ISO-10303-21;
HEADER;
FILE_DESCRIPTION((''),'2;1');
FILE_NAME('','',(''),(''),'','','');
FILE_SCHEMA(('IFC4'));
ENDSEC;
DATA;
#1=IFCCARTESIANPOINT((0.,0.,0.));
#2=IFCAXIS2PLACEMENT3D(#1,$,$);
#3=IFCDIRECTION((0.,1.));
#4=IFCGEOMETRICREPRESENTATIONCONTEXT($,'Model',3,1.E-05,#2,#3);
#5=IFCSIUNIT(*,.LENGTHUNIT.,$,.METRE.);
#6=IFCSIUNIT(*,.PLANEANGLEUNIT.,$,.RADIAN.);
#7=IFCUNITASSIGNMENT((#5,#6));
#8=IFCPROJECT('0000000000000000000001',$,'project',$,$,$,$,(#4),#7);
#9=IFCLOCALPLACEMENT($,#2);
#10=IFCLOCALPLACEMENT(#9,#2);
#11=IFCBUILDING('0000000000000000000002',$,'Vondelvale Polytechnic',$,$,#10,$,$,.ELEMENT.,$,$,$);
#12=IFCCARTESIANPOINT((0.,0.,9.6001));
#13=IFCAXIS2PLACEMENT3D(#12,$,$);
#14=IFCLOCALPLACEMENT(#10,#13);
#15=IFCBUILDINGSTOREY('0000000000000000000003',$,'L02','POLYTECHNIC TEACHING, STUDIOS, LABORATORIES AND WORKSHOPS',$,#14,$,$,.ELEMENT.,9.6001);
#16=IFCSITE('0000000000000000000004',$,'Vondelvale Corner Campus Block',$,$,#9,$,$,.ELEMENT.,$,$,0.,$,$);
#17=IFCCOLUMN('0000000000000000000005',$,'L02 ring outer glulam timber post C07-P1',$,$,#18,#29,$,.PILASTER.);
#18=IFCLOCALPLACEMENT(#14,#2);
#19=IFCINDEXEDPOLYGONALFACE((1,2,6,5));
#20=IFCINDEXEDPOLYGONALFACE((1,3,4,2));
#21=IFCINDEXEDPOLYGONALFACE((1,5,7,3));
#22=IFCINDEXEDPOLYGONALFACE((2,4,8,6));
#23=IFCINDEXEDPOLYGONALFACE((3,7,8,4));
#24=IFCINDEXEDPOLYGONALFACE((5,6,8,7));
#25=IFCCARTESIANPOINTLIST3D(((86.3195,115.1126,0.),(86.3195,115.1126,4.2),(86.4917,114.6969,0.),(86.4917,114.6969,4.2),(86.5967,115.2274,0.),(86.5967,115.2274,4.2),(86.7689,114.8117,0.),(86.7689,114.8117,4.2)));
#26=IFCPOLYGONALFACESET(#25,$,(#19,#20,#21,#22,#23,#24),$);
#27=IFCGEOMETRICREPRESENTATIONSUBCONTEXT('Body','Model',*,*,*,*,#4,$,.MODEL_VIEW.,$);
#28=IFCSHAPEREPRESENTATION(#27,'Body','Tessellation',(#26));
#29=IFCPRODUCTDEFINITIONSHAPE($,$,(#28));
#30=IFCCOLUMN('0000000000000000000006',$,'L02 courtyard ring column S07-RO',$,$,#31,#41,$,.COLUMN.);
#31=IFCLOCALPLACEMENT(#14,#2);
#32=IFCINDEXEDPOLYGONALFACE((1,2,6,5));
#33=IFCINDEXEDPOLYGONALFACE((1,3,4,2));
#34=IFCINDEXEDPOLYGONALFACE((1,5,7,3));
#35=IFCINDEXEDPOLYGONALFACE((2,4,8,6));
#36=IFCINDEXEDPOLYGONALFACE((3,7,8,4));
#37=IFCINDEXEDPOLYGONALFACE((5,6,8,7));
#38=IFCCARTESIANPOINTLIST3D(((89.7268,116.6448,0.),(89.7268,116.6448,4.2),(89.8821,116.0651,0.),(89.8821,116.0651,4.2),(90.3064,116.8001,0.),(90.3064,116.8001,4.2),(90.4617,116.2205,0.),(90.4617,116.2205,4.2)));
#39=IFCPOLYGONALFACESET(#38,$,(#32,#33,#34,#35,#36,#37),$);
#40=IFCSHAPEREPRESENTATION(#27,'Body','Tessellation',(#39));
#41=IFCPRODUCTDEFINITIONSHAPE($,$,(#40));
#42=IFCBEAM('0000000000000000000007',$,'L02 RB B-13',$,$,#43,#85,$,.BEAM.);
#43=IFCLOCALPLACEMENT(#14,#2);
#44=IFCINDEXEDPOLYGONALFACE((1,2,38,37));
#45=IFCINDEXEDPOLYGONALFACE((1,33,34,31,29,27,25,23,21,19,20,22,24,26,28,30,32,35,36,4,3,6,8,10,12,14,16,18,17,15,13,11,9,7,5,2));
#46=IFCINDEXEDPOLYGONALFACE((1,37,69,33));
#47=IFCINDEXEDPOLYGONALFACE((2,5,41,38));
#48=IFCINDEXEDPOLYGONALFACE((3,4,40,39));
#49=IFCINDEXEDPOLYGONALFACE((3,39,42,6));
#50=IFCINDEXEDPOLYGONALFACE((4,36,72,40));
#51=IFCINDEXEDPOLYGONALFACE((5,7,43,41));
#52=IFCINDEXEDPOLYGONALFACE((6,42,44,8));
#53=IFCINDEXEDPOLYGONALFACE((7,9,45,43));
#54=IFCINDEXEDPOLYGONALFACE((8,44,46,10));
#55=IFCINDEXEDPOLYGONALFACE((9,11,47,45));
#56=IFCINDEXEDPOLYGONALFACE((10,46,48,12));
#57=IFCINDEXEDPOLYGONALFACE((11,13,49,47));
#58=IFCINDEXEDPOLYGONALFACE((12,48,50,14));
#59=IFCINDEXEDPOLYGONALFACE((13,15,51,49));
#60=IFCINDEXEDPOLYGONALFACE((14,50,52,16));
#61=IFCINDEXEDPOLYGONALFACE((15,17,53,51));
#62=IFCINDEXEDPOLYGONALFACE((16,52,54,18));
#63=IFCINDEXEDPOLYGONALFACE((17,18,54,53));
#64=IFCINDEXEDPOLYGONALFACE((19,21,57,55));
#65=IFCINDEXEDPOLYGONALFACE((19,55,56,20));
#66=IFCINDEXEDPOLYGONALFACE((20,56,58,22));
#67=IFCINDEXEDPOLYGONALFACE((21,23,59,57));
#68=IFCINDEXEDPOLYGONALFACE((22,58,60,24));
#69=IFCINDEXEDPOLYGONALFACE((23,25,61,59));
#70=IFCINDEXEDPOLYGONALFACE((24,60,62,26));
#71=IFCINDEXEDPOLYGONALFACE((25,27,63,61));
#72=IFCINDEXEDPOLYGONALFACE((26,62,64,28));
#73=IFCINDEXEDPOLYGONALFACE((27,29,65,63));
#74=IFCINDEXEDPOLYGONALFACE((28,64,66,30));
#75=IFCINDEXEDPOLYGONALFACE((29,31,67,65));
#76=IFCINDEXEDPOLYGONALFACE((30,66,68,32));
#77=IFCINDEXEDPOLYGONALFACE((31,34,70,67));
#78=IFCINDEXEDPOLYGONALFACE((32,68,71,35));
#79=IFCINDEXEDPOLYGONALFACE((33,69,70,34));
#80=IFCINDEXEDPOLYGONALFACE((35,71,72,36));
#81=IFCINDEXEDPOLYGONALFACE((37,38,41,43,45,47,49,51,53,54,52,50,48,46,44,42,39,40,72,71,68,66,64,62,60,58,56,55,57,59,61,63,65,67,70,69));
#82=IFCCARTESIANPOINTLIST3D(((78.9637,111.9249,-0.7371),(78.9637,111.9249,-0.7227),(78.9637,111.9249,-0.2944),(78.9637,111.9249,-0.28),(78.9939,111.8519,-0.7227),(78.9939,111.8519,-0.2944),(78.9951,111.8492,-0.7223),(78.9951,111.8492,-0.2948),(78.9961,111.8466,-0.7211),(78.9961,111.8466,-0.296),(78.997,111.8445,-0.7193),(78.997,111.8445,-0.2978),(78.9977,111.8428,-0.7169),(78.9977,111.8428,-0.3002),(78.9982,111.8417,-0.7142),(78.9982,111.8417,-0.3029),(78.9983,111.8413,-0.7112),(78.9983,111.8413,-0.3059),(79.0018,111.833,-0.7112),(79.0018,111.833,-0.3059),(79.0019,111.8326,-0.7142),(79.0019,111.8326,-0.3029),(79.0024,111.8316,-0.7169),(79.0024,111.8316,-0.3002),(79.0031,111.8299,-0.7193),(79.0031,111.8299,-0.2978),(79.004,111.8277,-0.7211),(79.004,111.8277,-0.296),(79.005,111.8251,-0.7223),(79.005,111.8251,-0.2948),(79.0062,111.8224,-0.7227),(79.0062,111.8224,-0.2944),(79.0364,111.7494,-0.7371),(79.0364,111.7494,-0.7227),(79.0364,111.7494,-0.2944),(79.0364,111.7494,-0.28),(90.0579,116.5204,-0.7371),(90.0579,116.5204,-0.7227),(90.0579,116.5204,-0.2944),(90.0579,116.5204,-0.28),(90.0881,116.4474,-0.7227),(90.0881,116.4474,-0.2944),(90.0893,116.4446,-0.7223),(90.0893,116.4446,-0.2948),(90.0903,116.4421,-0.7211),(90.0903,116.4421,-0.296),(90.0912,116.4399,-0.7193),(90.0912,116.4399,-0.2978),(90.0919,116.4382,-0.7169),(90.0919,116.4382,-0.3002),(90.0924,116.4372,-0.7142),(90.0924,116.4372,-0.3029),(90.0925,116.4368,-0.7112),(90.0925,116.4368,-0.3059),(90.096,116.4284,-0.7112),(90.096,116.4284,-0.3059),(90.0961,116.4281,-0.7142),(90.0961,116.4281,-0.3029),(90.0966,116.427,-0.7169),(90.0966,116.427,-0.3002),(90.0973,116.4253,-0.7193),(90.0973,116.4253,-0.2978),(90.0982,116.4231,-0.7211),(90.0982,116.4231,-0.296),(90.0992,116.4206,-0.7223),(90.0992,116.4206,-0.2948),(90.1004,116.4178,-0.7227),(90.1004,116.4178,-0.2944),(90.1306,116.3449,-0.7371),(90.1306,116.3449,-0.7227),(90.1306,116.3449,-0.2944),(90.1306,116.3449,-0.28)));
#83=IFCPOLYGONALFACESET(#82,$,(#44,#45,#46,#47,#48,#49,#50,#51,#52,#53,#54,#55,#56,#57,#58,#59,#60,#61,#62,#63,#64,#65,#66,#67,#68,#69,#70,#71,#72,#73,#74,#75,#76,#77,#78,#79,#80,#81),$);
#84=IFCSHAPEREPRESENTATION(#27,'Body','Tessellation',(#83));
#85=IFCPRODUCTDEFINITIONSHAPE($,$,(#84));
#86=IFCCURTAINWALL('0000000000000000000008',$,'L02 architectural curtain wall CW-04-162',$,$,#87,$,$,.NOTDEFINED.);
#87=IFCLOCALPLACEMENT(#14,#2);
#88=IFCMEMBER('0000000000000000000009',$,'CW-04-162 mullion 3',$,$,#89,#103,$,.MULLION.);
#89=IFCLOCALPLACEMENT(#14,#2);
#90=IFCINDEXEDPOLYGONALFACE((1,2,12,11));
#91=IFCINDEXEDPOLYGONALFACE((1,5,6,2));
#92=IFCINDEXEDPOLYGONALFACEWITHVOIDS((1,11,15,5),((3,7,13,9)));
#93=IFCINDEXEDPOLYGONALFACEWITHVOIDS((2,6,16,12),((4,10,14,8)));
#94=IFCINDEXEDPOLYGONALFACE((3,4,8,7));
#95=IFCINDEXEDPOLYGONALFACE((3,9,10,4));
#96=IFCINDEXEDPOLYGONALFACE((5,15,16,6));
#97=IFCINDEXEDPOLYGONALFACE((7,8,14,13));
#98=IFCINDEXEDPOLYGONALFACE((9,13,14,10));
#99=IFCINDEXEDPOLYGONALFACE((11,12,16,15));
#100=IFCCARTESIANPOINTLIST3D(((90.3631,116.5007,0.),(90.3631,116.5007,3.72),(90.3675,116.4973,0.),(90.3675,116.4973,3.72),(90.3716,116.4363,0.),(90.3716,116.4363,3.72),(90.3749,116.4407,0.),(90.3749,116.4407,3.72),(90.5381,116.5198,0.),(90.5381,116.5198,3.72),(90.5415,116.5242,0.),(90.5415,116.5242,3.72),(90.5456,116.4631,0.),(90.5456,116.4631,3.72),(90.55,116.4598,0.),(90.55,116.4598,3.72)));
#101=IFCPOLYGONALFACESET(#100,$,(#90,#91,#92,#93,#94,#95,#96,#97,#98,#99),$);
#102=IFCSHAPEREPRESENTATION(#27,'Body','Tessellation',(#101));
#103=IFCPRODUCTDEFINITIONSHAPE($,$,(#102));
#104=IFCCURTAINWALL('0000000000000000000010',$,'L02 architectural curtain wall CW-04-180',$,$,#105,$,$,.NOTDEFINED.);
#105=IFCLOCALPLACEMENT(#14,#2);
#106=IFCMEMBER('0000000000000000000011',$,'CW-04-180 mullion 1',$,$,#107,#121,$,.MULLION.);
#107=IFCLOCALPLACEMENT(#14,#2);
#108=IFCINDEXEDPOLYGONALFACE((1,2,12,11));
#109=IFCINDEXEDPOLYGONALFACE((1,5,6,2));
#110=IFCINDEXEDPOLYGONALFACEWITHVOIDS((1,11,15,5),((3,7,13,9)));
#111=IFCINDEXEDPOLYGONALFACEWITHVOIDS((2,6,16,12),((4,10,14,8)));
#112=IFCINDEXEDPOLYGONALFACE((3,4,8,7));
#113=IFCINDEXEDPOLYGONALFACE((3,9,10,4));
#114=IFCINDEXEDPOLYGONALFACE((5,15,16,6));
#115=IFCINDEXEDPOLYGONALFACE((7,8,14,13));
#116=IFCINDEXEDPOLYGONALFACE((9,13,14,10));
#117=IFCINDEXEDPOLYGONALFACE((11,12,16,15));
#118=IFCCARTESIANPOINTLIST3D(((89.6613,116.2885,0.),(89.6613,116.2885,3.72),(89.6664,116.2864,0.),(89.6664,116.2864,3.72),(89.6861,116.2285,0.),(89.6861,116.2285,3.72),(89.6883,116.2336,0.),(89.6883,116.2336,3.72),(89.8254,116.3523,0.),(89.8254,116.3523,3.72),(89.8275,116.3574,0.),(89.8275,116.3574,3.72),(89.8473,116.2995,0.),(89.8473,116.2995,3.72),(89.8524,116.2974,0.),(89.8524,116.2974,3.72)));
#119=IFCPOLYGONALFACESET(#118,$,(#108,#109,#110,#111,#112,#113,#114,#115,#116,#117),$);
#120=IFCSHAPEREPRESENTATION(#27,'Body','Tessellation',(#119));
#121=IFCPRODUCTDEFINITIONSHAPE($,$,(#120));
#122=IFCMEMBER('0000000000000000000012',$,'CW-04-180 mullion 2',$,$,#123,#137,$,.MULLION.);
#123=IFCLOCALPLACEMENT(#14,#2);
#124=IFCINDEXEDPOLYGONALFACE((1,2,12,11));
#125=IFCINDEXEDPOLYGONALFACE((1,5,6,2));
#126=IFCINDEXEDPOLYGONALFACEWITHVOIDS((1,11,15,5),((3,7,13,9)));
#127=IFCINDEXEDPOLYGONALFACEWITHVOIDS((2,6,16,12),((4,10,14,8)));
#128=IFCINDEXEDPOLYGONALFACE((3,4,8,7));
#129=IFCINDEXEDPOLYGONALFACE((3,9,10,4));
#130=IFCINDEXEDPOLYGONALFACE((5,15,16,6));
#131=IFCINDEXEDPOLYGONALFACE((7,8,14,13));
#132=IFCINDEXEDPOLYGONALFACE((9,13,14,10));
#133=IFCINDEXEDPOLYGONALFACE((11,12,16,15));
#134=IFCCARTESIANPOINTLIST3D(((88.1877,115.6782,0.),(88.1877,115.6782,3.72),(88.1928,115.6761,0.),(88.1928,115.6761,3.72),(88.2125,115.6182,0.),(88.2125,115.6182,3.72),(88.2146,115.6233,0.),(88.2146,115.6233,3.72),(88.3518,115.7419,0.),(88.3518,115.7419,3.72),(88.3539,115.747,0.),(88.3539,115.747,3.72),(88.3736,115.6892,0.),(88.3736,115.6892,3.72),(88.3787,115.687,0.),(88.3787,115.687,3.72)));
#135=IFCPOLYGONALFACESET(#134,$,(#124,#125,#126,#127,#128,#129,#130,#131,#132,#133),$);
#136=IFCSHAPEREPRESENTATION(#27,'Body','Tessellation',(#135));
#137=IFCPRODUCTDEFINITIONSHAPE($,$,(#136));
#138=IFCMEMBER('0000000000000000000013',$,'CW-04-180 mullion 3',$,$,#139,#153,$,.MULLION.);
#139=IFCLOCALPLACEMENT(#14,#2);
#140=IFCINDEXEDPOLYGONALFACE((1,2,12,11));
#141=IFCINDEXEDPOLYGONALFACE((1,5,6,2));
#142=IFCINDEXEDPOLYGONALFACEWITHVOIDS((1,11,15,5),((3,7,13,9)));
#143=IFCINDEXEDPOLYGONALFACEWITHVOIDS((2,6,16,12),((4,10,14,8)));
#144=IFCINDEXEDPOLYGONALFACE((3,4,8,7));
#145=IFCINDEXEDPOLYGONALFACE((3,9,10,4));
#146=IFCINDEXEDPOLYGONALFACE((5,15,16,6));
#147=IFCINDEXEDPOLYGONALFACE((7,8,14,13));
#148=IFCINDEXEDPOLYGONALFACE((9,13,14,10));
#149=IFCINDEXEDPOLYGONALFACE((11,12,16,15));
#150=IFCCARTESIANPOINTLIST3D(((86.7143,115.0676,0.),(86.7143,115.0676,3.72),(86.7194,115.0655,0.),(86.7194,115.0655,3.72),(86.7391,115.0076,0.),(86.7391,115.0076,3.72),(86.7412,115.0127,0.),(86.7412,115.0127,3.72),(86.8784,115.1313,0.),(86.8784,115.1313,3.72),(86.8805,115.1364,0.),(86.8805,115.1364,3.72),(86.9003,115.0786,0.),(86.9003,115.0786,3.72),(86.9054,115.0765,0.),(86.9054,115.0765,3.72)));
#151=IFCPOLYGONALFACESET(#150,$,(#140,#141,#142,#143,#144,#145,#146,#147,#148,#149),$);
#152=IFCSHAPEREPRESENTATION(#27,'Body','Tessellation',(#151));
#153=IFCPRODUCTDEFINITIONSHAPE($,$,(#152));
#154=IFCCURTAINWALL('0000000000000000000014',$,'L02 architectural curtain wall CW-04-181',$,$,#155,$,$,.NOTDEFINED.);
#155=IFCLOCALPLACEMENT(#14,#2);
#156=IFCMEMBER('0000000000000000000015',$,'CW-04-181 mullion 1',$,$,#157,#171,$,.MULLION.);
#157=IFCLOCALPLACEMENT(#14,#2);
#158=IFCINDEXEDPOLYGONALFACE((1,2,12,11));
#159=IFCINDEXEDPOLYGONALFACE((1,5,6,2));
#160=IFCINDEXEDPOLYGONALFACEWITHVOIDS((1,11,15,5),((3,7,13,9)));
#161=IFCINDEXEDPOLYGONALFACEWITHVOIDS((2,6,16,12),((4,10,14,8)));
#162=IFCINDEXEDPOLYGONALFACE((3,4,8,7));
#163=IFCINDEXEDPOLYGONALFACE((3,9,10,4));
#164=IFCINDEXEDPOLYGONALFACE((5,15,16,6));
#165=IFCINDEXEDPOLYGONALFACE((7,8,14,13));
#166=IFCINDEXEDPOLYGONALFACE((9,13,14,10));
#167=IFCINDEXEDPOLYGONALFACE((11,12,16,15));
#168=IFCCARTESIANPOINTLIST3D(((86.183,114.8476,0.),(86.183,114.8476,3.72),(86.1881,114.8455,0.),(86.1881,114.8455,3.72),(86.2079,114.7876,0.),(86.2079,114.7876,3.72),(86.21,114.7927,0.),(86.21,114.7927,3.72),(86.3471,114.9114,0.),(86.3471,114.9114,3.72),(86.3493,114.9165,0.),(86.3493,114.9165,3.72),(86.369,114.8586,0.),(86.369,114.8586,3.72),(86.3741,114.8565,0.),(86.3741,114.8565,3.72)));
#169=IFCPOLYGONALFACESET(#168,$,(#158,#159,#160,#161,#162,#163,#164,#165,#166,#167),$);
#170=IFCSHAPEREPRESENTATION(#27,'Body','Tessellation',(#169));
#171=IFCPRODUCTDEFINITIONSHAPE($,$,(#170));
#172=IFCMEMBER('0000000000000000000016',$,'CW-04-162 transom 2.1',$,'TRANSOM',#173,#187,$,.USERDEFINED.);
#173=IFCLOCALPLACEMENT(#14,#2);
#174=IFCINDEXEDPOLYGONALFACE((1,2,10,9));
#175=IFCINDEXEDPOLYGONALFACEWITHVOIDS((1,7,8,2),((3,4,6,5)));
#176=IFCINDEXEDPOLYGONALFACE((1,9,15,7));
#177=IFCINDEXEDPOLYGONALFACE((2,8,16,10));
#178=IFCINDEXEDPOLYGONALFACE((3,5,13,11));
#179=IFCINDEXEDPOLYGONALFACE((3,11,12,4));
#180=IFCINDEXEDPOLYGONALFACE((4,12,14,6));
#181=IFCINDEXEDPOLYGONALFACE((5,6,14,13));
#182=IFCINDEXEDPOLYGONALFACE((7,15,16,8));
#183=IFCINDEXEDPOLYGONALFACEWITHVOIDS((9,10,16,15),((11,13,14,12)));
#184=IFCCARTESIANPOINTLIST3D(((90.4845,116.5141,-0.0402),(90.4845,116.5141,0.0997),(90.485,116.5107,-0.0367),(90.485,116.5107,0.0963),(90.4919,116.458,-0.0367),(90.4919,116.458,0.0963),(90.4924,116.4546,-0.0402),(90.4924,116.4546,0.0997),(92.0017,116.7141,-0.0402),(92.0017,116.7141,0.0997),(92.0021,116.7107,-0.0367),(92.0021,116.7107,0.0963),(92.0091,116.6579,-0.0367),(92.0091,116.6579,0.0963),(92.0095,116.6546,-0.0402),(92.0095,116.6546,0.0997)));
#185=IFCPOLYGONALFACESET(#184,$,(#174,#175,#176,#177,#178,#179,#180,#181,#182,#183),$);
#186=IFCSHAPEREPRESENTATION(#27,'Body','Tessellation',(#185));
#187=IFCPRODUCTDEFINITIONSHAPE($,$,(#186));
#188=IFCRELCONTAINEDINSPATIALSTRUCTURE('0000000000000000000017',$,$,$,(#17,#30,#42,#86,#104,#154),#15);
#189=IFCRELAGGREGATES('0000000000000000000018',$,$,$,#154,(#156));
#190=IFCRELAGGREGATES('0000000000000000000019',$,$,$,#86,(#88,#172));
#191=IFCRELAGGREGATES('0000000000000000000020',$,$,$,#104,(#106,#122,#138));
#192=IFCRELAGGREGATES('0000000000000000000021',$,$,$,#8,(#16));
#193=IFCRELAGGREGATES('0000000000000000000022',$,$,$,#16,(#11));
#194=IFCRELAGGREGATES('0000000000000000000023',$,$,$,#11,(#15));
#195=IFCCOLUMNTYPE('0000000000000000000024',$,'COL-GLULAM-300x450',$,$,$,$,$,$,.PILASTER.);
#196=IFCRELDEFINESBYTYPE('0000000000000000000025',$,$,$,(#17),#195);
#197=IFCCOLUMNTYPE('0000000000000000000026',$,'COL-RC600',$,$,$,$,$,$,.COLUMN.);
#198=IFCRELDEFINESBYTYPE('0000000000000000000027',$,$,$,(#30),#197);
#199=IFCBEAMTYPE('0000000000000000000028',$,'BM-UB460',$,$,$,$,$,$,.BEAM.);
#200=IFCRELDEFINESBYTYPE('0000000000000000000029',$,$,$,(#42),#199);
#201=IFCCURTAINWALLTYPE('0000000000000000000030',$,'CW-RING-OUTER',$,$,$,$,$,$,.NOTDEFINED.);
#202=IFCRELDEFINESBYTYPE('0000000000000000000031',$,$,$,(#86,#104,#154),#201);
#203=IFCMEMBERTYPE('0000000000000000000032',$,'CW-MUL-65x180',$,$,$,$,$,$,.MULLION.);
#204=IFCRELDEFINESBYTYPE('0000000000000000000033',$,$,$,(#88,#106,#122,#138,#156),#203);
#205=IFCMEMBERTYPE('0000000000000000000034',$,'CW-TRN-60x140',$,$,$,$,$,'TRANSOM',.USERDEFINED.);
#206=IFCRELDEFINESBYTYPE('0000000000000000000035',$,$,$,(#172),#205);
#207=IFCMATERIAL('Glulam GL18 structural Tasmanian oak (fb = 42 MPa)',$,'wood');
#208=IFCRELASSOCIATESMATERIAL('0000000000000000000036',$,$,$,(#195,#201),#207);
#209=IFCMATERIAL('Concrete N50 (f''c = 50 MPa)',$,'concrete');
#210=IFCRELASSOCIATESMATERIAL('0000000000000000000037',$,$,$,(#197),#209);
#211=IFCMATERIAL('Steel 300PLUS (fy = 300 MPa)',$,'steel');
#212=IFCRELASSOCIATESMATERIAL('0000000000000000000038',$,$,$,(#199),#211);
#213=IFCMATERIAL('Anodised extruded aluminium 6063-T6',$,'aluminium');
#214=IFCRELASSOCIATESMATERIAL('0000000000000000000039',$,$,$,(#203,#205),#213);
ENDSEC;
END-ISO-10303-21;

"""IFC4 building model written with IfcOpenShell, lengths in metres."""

from ifc_helpers import new_model, si_unit, direction, frame, origin, origin_2d, place, context, subcontext, project, spatial, rectangle, hollow_rectangle, i_section, extrude, material, material_profile, profile_set, type_object, element, aggregate, save


model = new_model("IFC4")

# Units and contexts
model_context = context("Model", 3, precision=1e-05, world=origin(), true_north=direction((0.0, 1.0)))
body_context = subcontext(model_context, "Body", "Model", "MODEL_VIEW")
ifc_project = project(units=[si_unit("LENGTHUNIT", "METRE"), si_unit("PLANEANGLEUNIT", "RADIAN")], contexts=[model_context])

# Site, building, storey
site_placement = place(None, origin())
site = spatial("IfcSite", under=ifc_project, at=site_placement, Name="Vondelvale Corner Campus Block", CompositionType="ELEMENT", RefElevation=0.0)
building_placement = place(site_placement, origin())
building = spatial("IfcBuilding", under=site, at=building_placement, Name="Vondelvale Polytechnic", CompositionType="ELEMENT")
storey_placement = place(building_placement, frame((0.0, 0.0, 9.6001)))
storey = spatial("IfcBuildingStorey", under=building, at=storey_placement, Name="L02", Description="POLYTECHNIC TEACHING, STUDIOS, LABORATORIES AND WORKSHOPS", CompositionType="ELEMENT", Elevation=9.6001)

# Columns
ifc_material_1 = material(Name="Glulam GL18 structural Tasmanian oak (fb = 42 MPa)", Category="wood")
ifc_material_profile_1 = material_profile(ifc_material_1, rectangle(XDim=0.3, YDim=0.45, at=origin_2d()), Name="GL-POST-300x450")
ifc_profile_set_1 = profile_set([ifc_material_profile_1], Name="Glulam GL18 structural Tasmanian oak (fb = 42 MPa)")
column_type_1 = type_object("IfcColumnType", Name="COL-GLULAM-300x450", PredefinedType="PILASTER", material=ifc_profile_set_1)
column_1_placement = place(storey_placement, frame((86.5442, 114.9622, 0.0), z_axis=(0.0, 0.0, 1.0), x_axis=(0.92388, 0.382683, 0.0)))
element("IfcColumn", 1, at=column_1_placement, inside=storey, type_object=column_type_1, Name="L02 ring outer glulam timber post C07-P1", PredefinedType="PILASTER", context=body_context, shape_type="SweptSolid", body=[
    extrude(rectangle(XDim=0.3, YDim=0.45, at=origin_2d()), origin(), (0.0, 0.0, 1.0), 4.2),
])
ifc_material_2 = material(Name="Concrete N50 (f'c = 50 MPa)", Category="concrete")
ifc_material_profile_2 = material_profile(ifc_material_2, rectangle(XDim=0.6001, YDim=0.6001, at=origin_2d()), Name="RC-COL-600x600")
ifc_profile_set_2 = profile_set([ifc_material_profile_2], Name="Concrete N50 (f'c = 50 MPa)")
column_type_2 = type_object("IfcColumnType", Name="COL-RC600", PredefinedType="COLUMN", material=ifc_profile_set_2)
column_2_placement = place(storey_placement, frame((90.0942, 116.4326, 0.0), z_axis=(0.0, 0.0, 1.0), x_axis=(-0.258819, 0.965926, 0.0)))
element("IfcColumn", 2, at=column_2_placement, inside=storey, type_object=column_type_2, Name="L02 courtyard ring column S07-RO", PredefinedType="COLUMN", context=body_context, shape_type="SweptSolid", body=[
    extrude(rectangle(XDim=0.6001, YDim=0.6001, at=origin_2d()), origin(), (0.0, 0.0, 1.0), 4.2),
])

# Beam
ifc_material_3 = material(Name="Steel 300PLUS (fy = 300 MPa)", Category="steel")
ifc_material_profile_3 = material_profile(ifc_material_3, i_section(OverallWidth=0.1899, OverallDepth=0.457, WebThickness=0.009, FlangeThickness=0.0144, FilletRadius=0.0115, at=origin_2d()), Name="460UB74.6")
ifc_profile_set_3 = profile_set([ifc_material_profile_3], Name="Steel 300PLUS (fy = 300 MPa)")
beam_type_1 = type_object("IfcBeamType", Name="BM-UB460", PredefinedType="BEAM", material=ifc_profile_set_3)
beam_1_placement = place(storey_placement, frame((90.0942, 116.4326, -0.5085), z_axis=(-0.923877, -0.382689, 0.0), x_axis=(0.382689, -0.923877, 0.0)))
element("IfcBeam", 3, at=beam_1_placement, inside=storey, type_object=beam_type_1, Name="L02 RB B-13", PredefinedType="BEAM", context=body_context, shape_type="SweptSolid", body=[
    extrude(i_section(OverallWidth=0.1899, OverallDepth=0.457, WebThickness=0.009, FlangeThickness=0.0144, FilletRadius=0.0115, at=origin_2d()), origin(), (0.0, 0.0, 1.0), 12.0083),
])

# Curtain wall, member
curtain_wall_type = type_object("IfcCurtainWallType", Name="CW-RING-OUTER", PredefinedType="NOTDEFINED", material=ifc_material_1)
curtain_wall_1_placement = place(storey_placement, origin())
curtain_wall_1 = element("IfcCurtainWall", 4, at=curtain_wall_1_placement, inside=storey, type_object=curtain_wall_type, Name="L02 architectural curtain wall CW-04-162", PredefinedType="NOTDEFINED")
ifc_material_4 = material(Name="Anodised extruded aluminium 6063-T6", Category="aluminium")
ifc_material_profile_4 = material_profile(ifc_material_4, hollow_rectangle(XDim=0.0649, YDim=0.1799, WallThickness=0.0039, at=origin_2d()), Name="CW-MUL-180x65")
ifc_profile_set_4 = profile_set([ifc_material_profile_4], Name="Anodised extruded aluminium 6063-T6")
member_type_1 = type_object("IfcMemberType", Name="CW-MUL-65x180", PredefinedType="MULLION", material=ifc_profile_set_4)
member_1_placement = place(storey_placement, frame((90.4565, 116.4802, 0.0), z_axis=(0.0, 0.0, 1.0), x_axis=(0.13054, -0.991443, 0.0)))
member_1 = element("IfcMember", 5, at=member_1_placement, type_object=member_type_1, Name="CW-04-162 mullion 3", PredefinedType="MULLION", context=body_context, shape_type="SweptSolid", body=[
    extrude(hollow_rectangle(XDim=0.0649, YDim=0.1799, WallThickness=0.0039, at=origin_2d()), origin(), (0.0, 0.0, 1.0), 3.72),
])

# Curtain wall, members
curtain_wall_2_placement = place(storey_placement, origin())
curtain_wall_2 = element("IfcCurtainWall", 6, at=curtain_wall_2_placement, inside=storey, type_object=curtain_wall_type, Name="L02 architectural curtain wall CW-04-180", PredefinedType="NOTDEFINED")
member_2_placement = place(storey_placement, frame((89.7568, 116.293, 0.0), z_axis=(0.0, 0.0, 1.0), x_axis=(0.382677, -0.923882, 0.0)))
member_2 = element("IfcMember", 7, at=member_2_placement, type_object=member_type_1, Name="CW-04-180 mullion 1", PredefinedType="MULLION", context=body_context, shape_type="SweptSolid", body=[
    extrude(hollow_rectangle(XDim=0.0649, YDim=0.1799, WallThickness=0.0039, at=origin_2d()), origin(), (0.0, 0.0, 1.0), 3.72),
])
member_3_placement = place(storey_placement, frame((88.2832, 115.6826, 0.0), z_axis=(0.0, 0.0, 1.0), x_axis=(0.382677, -0.923882, 0.0)))
member_3 = element("IfcMember", 8, at=member_3_placement, type_object=member_type_1, Name="CW-04-180 mullion 2", PredefinedType="MULLION", context=body_context, shape_type="SweptSolid", body=[
    extrude(hollow_rectangle(XDim=0.0649, YDim=0.1799, WallThickness=0.0039, at=origin_2d()), origin(), (0.0, 0.0, 1.0), 3.72),
])
member_4_placement = place(storey_placement, frame((86.8098, 115.072, 0.0), z_axis=(0.0, 0.0, 1.0), x_axis=(0.382677, -0.923882, 0.0)))
member_4 = element("IfcMember", 9, at=member_4_placement, type_object=member_type_1, Name="CW-04-180 mullion 3", PredefinedType="MULLION", context=body_context, shape_type="SweptSolid", body=[
    extrude(hollow_rectangle(XDim=0.0649, YDim=0.1799, WallThickness=0.0039, at=origin_2d()), origin(), (0.0, 0.0, 1.0), 3.72),
])

# Curtain wall, member
curtain_wall_3_placement = place(storey_placement, origin())
curtain_wall_3 = element("IfcCurtainWall", 10, at=curtain_wall_3_placement, inside=storey, type_object=curtain_wall_type, Name="L02 architectural curtain wall CW-04-181", PredefinedType="NOTDEFINED")
member_5_placement = place(storey_placement, frame((86.2786, 114.8521, 0.0), z_axis=(0.0, 0.0, 1.0), x_axis=(0.382695, -0.923875, 0.0)))
member_5 = element("IfcMember", 11, at=member_5_placement, type_object=member_type_1, Name="CW-04-181 mullion 1", PredefinedType="MULLION", context=body_context, shape_type="SweptSolid", body=[
    extrude(hollow_rectangle(XDim=0.0649, YDim=0.1799, WallThickness=0.0039, at=origin_2d()), origin(), (0.0, 0.0, 1.0), 3.72),
])

# Member
ifc_material_profile_5 = material_profile(ifc_material_4, hollow_rectangle(XDim=0.0601, YDim=0.1399, WallThickness=0.0034, at=origin_2d()), Name="CW-TRN-140x60")
ifc_profile_set_5 = profile_set([ifc_material_profile_5], Name="Anodised extruded aluminium 6063-T6")
member_type_2 = type_object("IfcMemberType", Name="CW-TRN-60x140", ElementType="TRANSOM", PredefinedType="USERDEFINED", material=ifc_profile_set_5)
member_6_placement = place(storey_placement, frame((92.0056, 116.6843, 0.0298), z_axis=(-0.991426, -0.130669, 0.0), x_axis=(0.130669, -0.991426, 0.0)))
member_6 = element("IfcMember", 12, at=member_6_placement, type_object=member_type_2, Name="CW-04-162 transom 2.1", ObjectType="TRANSOM", PredefinedType="USERDEFINED", context=body_context, shape_type="SweptSolid", body=[
    extrude(hollow_rectangle(XDim=0.0601, YDim=0.1399, WallThickness=0.0034, at=origin_2d()), origin(), (0.0, 0.0, 1.0), 1.5303),
])
aggregate(curtain_wall_3, [member_5])

aggregate(curtain_wall_1, [member_1, member_6])
aggregate(curtain_wall_2, [member_2, member_3, member_4])

save(model, "model.ifc")
